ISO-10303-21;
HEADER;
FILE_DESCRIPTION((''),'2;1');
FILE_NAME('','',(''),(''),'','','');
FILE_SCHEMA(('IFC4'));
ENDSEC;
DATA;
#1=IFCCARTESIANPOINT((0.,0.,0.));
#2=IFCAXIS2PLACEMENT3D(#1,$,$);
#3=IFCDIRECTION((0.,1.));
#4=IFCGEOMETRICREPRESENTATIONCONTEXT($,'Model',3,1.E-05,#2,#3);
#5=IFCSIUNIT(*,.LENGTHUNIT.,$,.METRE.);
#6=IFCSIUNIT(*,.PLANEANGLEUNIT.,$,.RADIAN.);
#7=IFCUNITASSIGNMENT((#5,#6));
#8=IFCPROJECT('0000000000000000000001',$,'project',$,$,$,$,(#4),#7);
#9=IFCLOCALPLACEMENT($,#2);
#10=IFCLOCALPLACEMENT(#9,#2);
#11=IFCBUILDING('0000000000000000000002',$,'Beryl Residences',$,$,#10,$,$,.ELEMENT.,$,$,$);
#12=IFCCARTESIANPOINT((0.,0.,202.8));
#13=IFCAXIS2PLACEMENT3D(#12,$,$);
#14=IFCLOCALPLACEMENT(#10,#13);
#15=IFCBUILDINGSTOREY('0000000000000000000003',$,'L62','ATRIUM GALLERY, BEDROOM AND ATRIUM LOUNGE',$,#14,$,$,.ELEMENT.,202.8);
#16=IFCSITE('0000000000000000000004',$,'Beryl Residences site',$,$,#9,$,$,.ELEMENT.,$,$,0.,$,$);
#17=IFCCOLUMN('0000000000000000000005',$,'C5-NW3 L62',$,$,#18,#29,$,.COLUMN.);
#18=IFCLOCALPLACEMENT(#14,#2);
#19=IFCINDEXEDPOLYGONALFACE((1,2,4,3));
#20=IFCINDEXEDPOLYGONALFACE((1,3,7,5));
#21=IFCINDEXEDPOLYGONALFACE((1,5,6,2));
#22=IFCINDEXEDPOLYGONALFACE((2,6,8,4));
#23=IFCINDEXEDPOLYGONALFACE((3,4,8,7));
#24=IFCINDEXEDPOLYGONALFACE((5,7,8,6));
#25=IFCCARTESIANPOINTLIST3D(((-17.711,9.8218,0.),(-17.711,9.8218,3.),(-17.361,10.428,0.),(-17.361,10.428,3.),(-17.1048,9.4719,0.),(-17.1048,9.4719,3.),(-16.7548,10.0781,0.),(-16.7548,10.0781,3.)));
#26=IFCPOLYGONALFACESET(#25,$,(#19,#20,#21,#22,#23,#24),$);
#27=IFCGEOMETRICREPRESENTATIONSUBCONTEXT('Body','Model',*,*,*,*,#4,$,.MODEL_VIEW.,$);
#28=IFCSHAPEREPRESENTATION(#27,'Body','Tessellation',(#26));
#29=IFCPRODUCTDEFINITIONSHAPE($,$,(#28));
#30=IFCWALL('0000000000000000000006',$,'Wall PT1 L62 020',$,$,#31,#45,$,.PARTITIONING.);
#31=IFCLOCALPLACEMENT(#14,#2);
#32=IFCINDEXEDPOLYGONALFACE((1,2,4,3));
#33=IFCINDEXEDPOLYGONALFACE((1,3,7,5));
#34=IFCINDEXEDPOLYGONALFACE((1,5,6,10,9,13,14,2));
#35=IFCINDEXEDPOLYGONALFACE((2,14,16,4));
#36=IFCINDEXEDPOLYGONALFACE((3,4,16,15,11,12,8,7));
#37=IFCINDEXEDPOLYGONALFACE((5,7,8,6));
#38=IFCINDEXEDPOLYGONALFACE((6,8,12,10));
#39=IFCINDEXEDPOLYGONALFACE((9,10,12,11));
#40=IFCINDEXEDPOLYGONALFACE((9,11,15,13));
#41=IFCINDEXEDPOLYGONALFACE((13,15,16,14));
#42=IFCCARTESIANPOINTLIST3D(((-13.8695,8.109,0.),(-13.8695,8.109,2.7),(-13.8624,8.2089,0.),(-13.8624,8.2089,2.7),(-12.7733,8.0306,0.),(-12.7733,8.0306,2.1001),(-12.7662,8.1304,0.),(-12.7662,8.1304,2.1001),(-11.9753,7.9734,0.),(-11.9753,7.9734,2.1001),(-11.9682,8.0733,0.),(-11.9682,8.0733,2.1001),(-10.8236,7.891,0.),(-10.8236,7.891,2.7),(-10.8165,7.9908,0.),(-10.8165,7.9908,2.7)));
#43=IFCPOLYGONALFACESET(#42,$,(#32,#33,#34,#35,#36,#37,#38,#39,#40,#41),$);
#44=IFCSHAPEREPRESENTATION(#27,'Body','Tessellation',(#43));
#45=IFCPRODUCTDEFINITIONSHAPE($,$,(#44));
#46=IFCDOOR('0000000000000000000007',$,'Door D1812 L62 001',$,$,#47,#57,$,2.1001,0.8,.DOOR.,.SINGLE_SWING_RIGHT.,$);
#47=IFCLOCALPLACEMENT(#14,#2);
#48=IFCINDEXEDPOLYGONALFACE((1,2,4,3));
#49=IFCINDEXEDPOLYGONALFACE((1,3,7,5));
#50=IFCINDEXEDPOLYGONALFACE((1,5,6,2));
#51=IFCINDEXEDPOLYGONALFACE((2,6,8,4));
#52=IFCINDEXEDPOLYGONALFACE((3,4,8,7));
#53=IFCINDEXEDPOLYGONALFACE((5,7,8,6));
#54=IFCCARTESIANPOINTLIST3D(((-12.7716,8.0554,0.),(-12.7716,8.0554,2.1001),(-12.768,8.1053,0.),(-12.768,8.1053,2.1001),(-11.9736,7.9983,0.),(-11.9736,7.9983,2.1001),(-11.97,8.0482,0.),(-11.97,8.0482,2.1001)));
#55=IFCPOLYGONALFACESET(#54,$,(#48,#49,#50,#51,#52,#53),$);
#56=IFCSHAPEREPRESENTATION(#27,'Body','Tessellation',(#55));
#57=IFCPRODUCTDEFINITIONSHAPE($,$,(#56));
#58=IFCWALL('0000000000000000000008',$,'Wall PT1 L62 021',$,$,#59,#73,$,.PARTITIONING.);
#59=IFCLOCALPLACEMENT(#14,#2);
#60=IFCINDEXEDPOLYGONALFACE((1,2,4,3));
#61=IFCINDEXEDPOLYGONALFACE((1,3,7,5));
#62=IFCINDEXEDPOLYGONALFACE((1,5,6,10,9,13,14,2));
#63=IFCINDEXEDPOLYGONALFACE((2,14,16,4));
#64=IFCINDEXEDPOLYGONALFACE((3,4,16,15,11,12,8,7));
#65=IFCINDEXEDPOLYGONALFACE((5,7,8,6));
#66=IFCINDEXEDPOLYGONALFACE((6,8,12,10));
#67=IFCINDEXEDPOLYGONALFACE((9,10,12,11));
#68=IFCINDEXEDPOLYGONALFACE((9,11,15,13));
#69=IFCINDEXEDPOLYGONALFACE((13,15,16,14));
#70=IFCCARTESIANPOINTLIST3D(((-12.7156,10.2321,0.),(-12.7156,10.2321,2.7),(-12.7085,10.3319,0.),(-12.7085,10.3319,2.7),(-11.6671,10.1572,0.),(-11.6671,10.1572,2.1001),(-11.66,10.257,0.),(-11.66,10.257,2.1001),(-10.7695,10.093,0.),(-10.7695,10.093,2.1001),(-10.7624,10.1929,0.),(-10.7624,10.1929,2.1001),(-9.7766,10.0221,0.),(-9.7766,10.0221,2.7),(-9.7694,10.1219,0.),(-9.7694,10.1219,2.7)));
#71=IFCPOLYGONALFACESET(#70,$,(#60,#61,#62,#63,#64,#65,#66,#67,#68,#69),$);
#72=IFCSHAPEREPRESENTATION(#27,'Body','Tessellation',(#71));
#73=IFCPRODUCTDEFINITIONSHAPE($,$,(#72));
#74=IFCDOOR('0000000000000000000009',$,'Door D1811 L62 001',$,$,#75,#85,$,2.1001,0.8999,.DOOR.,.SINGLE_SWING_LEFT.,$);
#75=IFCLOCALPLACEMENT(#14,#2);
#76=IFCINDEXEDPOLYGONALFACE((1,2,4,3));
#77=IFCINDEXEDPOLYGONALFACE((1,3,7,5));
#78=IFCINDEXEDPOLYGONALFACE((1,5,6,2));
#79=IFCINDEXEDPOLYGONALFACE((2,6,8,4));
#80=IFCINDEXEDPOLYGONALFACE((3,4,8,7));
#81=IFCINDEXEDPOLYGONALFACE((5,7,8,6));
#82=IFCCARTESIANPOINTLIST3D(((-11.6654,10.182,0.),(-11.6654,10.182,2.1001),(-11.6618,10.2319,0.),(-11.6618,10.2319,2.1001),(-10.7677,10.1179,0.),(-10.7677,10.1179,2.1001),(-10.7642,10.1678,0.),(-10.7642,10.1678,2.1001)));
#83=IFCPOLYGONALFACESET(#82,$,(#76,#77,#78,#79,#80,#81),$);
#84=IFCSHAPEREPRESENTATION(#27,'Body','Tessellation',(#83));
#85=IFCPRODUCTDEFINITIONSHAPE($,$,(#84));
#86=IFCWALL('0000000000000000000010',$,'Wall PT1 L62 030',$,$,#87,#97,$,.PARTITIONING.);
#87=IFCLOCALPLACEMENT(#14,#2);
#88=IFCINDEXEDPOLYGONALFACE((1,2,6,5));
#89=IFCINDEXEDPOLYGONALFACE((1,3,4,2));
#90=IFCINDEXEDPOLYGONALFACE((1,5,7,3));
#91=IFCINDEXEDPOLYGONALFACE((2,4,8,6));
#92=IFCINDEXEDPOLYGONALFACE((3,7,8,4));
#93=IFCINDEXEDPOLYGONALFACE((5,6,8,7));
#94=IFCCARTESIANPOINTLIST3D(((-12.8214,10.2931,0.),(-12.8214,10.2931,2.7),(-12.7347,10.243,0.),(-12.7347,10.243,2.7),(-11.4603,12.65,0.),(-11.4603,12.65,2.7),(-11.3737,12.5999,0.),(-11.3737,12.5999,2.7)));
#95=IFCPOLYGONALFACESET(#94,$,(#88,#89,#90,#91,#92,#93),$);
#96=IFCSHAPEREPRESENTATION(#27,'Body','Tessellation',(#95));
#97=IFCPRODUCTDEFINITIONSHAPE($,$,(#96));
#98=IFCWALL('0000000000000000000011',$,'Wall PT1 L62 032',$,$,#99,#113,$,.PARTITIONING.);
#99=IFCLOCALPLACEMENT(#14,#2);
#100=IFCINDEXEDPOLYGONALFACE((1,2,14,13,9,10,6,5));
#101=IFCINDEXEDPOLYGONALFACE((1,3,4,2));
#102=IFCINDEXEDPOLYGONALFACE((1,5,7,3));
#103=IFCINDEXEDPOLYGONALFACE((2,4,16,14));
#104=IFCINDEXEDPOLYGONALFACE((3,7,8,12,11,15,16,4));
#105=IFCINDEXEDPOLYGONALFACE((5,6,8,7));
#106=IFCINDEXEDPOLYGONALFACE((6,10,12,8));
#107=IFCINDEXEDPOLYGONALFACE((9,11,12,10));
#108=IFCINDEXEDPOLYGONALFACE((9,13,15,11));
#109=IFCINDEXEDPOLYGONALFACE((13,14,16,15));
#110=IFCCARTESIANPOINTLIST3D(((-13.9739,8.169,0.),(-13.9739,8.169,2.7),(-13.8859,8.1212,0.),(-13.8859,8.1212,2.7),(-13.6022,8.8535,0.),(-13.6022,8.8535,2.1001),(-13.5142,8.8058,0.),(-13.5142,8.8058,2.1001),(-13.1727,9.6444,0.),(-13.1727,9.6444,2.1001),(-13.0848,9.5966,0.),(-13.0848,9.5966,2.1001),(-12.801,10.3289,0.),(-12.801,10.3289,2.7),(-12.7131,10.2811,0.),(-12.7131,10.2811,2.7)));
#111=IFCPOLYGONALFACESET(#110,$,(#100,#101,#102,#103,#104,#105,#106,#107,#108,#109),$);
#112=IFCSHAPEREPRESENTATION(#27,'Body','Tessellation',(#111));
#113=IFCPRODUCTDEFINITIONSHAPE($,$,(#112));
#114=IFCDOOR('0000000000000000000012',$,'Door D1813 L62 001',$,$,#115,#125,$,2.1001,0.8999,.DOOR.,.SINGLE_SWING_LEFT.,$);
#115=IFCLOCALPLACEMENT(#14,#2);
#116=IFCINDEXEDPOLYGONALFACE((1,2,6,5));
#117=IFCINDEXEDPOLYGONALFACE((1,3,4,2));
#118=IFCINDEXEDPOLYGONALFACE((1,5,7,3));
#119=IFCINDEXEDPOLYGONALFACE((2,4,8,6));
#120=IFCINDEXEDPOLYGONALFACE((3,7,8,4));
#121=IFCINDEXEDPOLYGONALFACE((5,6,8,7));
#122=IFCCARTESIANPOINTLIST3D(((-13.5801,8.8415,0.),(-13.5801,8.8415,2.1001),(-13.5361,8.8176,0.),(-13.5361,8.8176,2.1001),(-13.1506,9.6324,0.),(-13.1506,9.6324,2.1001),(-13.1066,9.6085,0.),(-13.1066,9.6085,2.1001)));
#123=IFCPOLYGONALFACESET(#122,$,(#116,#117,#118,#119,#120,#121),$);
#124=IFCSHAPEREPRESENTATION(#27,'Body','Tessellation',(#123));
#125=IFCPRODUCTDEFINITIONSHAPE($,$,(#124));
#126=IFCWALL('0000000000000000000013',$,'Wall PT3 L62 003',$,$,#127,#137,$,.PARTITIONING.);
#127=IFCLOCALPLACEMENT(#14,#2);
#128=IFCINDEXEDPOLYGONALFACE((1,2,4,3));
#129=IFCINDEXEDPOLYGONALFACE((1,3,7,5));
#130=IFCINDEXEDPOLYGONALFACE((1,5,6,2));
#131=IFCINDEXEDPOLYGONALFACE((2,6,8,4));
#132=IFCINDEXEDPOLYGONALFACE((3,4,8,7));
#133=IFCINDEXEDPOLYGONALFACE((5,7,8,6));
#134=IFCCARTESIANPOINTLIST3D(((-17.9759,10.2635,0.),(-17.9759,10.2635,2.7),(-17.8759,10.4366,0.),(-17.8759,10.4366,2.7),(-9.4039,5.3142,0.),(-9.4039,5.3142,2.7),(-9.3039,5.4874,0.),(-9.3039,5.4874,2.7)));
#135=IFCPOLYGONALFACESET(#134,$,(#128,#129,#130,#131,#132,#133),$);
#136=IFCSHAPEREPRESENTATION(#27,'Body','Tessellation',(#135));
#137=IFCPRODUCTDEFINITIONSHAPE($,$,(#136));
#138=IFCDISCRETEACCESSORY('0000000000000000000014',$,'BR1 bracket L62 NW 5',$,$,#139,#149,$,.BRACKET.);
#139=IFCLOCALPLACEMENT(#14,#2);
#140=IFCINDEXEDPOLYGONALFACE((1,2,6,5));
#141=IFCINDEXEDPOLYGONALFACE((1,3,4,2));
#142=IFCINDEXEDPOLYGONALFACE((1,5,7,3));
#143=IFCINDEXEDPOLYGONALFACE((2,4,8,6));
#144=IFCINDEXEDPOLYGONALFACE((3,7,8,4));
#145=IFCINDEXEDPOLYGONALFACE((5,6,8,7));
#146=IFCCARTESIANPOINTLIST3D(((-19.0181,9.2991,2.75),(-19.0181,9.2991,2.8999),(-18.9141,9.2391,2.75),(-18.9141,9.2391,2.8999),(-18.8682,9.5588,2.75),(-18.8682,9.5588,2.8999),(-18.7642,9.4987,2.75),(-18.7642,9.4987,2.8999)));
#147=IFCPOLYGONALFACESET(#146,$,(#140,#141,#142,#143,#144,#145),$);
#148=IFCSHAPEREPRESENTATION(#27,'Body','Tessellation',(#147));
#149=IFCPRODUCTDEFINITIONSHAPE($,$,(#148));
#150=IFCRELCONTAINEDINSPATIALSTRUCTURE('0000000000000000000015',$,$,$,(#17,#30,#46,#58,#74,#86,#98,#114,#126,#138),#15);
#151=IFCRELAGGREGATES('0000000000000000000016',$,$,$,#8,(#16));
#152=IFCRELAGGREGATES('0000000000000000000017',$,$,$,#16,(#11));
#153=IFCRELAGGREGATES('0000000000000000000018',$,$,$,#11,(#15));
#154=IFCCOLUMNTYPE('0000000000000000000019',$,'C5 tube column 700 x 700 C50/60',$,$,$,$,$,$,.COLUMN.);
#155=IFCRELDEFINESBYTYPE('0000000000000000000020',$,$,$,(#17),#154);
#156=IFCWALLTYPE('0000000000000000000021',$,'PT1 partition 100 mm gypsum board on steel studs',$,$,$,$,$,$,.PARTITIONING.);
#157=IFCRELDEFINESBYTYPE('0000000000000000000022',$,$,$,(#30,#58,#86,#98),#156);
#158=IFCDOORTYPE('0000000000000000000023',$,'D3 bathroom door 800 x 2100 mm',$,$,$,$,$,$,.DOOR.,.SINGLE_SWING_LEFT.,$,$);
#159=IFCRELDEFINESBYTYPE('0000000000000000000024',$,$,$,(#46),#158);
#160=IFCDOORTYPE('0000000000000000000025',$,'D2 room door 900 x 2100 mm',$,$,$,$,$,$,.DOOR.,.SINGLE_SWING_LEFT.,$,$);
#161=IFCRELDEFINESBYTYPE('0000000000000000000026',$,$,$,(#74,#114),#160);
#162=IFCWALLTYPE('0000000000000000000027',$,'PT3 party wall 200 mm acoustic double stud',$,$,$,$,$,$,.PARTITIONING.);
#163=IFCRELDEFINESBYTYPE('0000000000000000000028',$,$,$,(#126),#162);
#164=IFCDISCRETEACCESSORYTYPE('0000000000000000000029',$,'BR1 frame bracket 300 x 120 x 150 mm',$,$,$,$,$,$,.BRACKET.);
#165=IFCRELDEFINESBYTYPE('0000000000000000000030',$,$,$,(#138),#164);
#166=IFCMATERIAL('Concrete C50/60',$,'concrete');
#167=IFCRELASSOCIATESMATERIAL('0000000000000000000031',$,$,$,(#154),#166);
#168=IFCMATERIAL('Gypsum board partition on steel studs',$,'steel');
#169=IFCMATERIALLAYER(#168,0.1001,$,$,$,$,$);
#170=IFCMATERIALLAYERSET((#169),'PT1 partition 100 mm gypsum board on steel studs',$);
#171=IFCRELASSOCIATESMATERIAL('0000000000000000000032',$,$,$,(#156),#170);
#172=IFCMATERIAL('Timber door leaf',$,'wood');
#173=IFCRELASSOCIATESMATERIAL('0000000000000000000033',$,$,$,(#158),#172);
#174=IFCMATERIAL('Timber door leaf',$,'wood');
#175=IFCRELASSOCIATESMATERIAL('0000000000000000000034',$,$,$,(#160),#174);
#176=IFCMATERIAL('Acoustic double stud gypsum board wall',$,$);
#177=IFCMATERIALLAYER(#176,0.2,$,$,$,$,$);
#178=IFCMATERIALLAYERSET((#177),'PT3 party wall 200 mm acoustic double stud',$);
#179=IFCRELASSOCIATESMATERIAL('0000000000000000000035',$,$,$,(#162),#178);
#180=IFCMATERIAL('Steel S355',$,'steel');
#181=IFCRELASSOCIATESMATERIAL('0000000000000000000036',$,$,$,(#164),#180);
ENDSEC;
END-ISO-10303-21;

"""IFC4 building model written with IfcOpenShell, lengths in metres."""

from ifc_helpers import new_model, si_unit, direction, frame, frame_2d, origin, origin_2d, place, context, subcontext, project, spatial, polyline, rectangle, outline, extrude, source, transform, mapped, material, layer, layer_set, material_profile, profile_set, type_object, type_shapes, element, fill, save


model = new_model("IFC4")

# Units and contexts
model_context = context("Model", 3, precision=1e-05, world=origin(), true_north=direction((0.0, 1.0)))
body_context = subcontext(model_context, "Body", "Model", "MODEL_VIEW")
ifc_project = project(units=[si_unit("LENGTHUNIT", "METRE"), si_unit("PLANEANGLEUNIT", "RADIAN")], contexts=[model_context])

# Site, building, storey
site_placement = place(None, origin())
site = spatial("IfcSite", under=ifc_project, at=site_placement, Name="Beryl Residences site", CompositionType="ELEMENT", RefElevation=0.0)
building_placement = place(site_placement, origin())
building = spatial("IfcBuilding", under=site, at=building_placement, Name="Beryl Residences", CompositionType="ELEMENT")
storey_placement = place(building_placement, frame((0.0, 0.0, 202.8)))
storey = spatial("IfcBuildingStorey", under=building, at=storey_placement, Name="L62", Description="ATRIUM GALLERY, BEDROOM AND ATRIUM LOUNGE", CompositionType="ELEMENT", Elevation=202.8)

# Column
ifc_material_1 = material(Name="Concrete C50/60", Category="concrete")
ifc_material_profile = material_profile(ifc_material_1, rectangle(XDim=0.7, YDim=0.7, at=origin_2d()))
ifc_profile_set = profile_set([ifc_material_profile], Name="Concrete C50/60")
column_type = type_object("IfcColumnType", Name="C5 tube column 700 x 700 C50/60", PredefinedType="COLUMN", material=ifc_profile_set)
column_placement = place(storey_placement, frame((-17.2329, 9.95, 0.0), z_axis=(0.0, 0.0, 1.0), x_axis=(-0.49997, -0.866043, 0.0)))
element("IfcColumn", 1, at=column_placement, inside=storey, type_object=column_type, Name="C5-NW3 L62", PredefinedType="COLUMN", context=body_context, shape_type="SweptSolid", body=[
    extrude(rectangle(XDim=0.7, YDim=0.7, at=origin_2d()), origin(), (0.0, 0.0, 1.0), 3.0),
])

# Walls, openings, doors
ifc_material_2 = material(Name="Gypsum board partition on steel studs", Category="steel")
ifc_layer_1 = layer(ifc_material_2, 0.1001)
ifc_layer_set_1 = layer_set([ifc_layer_1], Name="PT1 partition 100 mm gypsum board on steel studs")
wall_type_1 = type_object("IfcWallType", Name="PT1 partition 100 mm gypsum board on steel studs", PredefinedType="PARTITIONING", material=ifc_layer_set_1)
wall_1_placement = place(storey_placement, frame((-13.866, 8.1589, 0.0), z_axis=(0.0, 0.0, 1.0), x_axis=(0.997448, -0.071395, 0.0)))
wall_1 = element("IfcWall", 2, at=wall_1_placement, inside=storey, type_object=wall_type_1, Name="Wall PT1 L62 020", PredefinedType="PARTITIONING", context=body_context, shape_type="SweptSolid", body=[
    extrude(rectangle(XDim=3.0537, YDim=0.1001, at=frame_2d((1.5269, 0.0))), origin(), (0.0, 0.0, 1.0), 2.7),
])
opening_1_placement = place(wall_1_placement, frame((1.0991, 0.0, 0.0)))
opening_1 = element("IfcOpeningElement", 3, at=opening_1_placement, cuts=wall_1, PredefinedType="OPENING", context=body_context, shape_type="SweptSolid", body=[
    extrude(rectangle(XDim=0.8, YDim=2.1001, at=frame_2d((0.3999, 1.05))), frame((0.0, 0.0601, 0.0), z_axis=(0.0, -1.0, 0.0), x_axis=(1.0, 0.0, 0.0)), (0.0, 0.0, 1.0), 0.1201),
])
ifc_material_3 = material(Name="Timber door leaf", Category="wood")
door_type_1 = type_object("IfcDoorType", Name="D3 bathroom door 800 x 2100 mm", OperationType="SINGLE_SWING_LEFT", PredefinedType="DOOR", material=ifc_material_3)
door_1_placement = place(opening_1_placement, origin())
door_1 = element("IfcDoor", 4, at=door_1_placement, inside=storey, type_object=door_type_1, Name="Door D1812 L62 001", OperationType="SINGLE_SWING_RIGHT", OverallHeight=2.1001, OverallWidth=0.8, PredefinedType="DOOR", context=body_context, shape_type="SweptSolid", body=[
    extrude(rectangle(XDim=0.8, YDim=2.1001, at=frame_2d((0.3999, 1.05))), frame((0.0, 0.0249, 0.0), z_axis=(0.0, -1.0, 0.0), x_axis=(1.0, 0.0, 0.0)), (0.0, 0.0, 1.0), 0.05),
])
fill(opening_1, door_1)
wall_2_placement = place(storey_placement, frame((-12.7119, 10.282, 0.0), z_axis=(0.0, 0.0, 1.0), x_axis=(0.997458, -0.071259, 0.0)))
wall_2 = element("IfcWall", 5, at=wall_2_placement, inside=storey, type_object=wall_type_1, Name="Wall PT1 L62 021", PredefinedType="PARTITIONING", context=body_context, shape_type="SweptSolid", body=[
    extrude(rectangle(XDim=2.9465, YDim=0.1001, at=frame_2d((1.4731, 0.0))), origin(), (0.0, 0.0, 1.0), 2.7),
])
opening_2_placement = place(wall_2_placement, frame((1.051, 0.0, 0.0)))
opening_2 = element("IfcOpeningElement", 6, at=opening_2_placement, cuts=wall_2, PredefinedType="OPENING", context=body_context, shape_type="SweptSolid", body=[
    extrude(rectangle(XDim=0.8999, YDim=2.1001, at=frame_2d((0.45, 1.05))), frame((0.0, 0.0601, 0.0), z_axis=(0.0, -1.0, 0.0), x_axis=(1.0, 0.0, 0.0)), (0.0, 0.0, 1.0), 0.1201),
])
ifc_material_4 = material(Name="Timber door leaf", Category="wood")
door_type_2 = type_object("IfcDoorType", Name="D2 room door 900 x 2100 mm", OperationType="SINGLE_SWING_LEFT", PredefinedType="DOOR", material=ifc_material_4)
door_2_placement = place(opening_2_placement, origin())
door_2 = element("IfcDoor", 7, at=door_2_placement, inside=storey, type_object=door_type_2, Name="Door D1811 L62 001", OperationType="SINGLE_SWING_LEFT", OverallHeight=2.1001, OverallWidth=0.8999, PredefinedType="DOOR", context=body_context, shape_type="SweptSolid", body=[
    extrude(rectangle(XDim=0.8999, YDim=2.1001, at=frame_2d((0.45, 1.05))), frame((0.0, 0.0249, 0.0), z_axis=(0.0, -1.0, 0.0), x_axis=(1.0, 0.0, 0.0)), (0.0, 0.0, 1.0), 0.05),
])
fill(opening_2, door_2)

# Wall
wall_3_placement = place(storey_placement, frame((-12.7781, 10.2681, 0.0), z_axis=(0.0, 0.0, 1.0), x_axis=(0.500085, 0.865976, 0.0)))
element("IfcWall", 8, at=wall_3_placement, inside=storey, type_object=wall_type_1, Name="Wall PT1 L62 030", PredefinedType="PARTITIONING", context=body_context, shape_type="SweptSolid", body=[
    extrude(rectangle(XDim=2.7217, YDim=0.1001, at=frame_2d((1.3608, 0.0))), origin(), (0.0, 0.0, 1.0), 2.7),
])

# Wall, opening, door
wall_4_placement = place(storey_placement, frame((-13.9299, 8.145, 0.0), z_axis=(0.0, 0.0, 1.0), x_axis=(0.477195, 0.878797, 0.0)))
wall_4 = element("IfcWall", 9, at=wall_4_placement, inside=storey, type_object=wall_type_1, Name="Wall PT1 L62 032", PredefinedType="PARTITIONING", context=body_context, shape_type="SweptSolid", body=[
    extrude(rectangle(XDim=2.4578, YDim=0.1001, at=frame_2d((1.229, 0.0))), origin(), (0.0, 0.0, 1.0), 2.7),
])
opening_3_placement = place(wall_4_placement, frame((0.7791, 0.0, 0.0)))
opening_3 = element("IfcOpeningElement", 10, at=opening_3_placement, cuts=wall_4, PredefinedType="OPENING", context=body_context, shape_type="SweptSolid", body=[
    extrude(rectangle(XDim=0.8999, YDim=2.1001, at=frame_2d((0.45, 1.05))), frame((0.0, 0.0601, 0.0), z_axis=(0.0, -1.0, 0.0), x_axis=(1.0, 0.0, 0.0)), (0.0, 0.0, 1.0), 0.1201),
])
door_3_placement = place(opening_3_placement, origin())
door_3 = element("IfcDoor", 11, at=door_3_placement, inside=storey, type_object=door_type_2, Name="Door D1813 L62 001", OperationType="SINGLE_SWING_LEFT", OverallHeight=2.1001, OverallWidth=0.8999, PredefinedType="DOOR", context=body_context, shape_type="SweptSolid", body=[
    extrude(rectangle(XDim=0.8999, YDim=2.1001, at=frame_2d((0.45, 1.05))), frame((0.0, 0.0249, 0.0), z_axis=(0.0, -1.0, 0.0), x_axis=(1.0, 0.0, 0.0)), (0.0, 0.0, 1.0), 0.05),
])
fill(opening_3, door_3)

# Wall
ifc_material_5 = material(Name="Acoustic double stud gypsum board wall")
ifc_layer_2 = layer(ifc_material_5, 0.2)
ifc_layer_set_2 = layer_set([ifc_layer_2], Name="PT3 party wall 200 mm acoustic double stud")
wall_type_2 = type_object("IfcWallType", Name="PT3 party wall 200 mm acoustic double stud", PredefinedType="PARTITIONING", material=ifc_layer_set_2)
wall_5_placement = place(storey_placement, frame((-17.926, 10.3501, 0.0), z_axis=(0.0, 0.0, 1.0), x_axis=(0.866018, -0.500012, 0.0)))
element("IfcWall", 12, at=wall_5_placement, inside=storey, type_object=wall_type_2, Name="Wall PT3 L62 003", PredefinedType="PARTITIONING", context=body_context, shape_type="SweptSolid", body=[
    extrude(rectangle(XDim=9.8982, YDim=0.2, at=frame_2d((4.9492, 0.0))), origin(), (0.0, 0.0, 1.0), 2.7),
])

# Discrete accessory
ifc_material_6 = material(Name="Steel S355", Category="steel")
discrete_accessory_type = type_object("IfcDiscreteAccessoryType", Name="BR1 frame bracket 300 x 120 x 150 mm", PredefinedType="BRACKET", material=ifc_material_6)
shared_shape_1 = source(origin(), body_context, "Body", "SweptSolid", [
    extrude(outline(polyline([(-0.1499, 0.0), (0.1499, 0.0), (0.1499, 0.1201), (-0.1499, 0.1201), (-0.1499, 0.0)])), origin(), (0.0, 0.0, 1.0), 0.1499),
])
type_shapes(discrete_accessory_type, [shared_shape_1])
discrete_accessory_placement = place(storey_placement, frame((-18.8391, 9.3689, 2.75), z_axis=(0.0, 0.0, 1.0), x_axis=(0.5, 0.866025, 0.0)))
element("IfcDiscreteAccessory", 13, at=discrete_accessory_placement, inside=storey, type_object=discrete_accessory_type, Name="BR1 bracket L62 NW 5", PredefinedType="BRACKET", context=body_context, shape_type="MappedRepresentation", body=[
    mapped(shared_shape_1, transform((0.0, 0.0, 0.0))),
])

save(model, "model.ifc")
